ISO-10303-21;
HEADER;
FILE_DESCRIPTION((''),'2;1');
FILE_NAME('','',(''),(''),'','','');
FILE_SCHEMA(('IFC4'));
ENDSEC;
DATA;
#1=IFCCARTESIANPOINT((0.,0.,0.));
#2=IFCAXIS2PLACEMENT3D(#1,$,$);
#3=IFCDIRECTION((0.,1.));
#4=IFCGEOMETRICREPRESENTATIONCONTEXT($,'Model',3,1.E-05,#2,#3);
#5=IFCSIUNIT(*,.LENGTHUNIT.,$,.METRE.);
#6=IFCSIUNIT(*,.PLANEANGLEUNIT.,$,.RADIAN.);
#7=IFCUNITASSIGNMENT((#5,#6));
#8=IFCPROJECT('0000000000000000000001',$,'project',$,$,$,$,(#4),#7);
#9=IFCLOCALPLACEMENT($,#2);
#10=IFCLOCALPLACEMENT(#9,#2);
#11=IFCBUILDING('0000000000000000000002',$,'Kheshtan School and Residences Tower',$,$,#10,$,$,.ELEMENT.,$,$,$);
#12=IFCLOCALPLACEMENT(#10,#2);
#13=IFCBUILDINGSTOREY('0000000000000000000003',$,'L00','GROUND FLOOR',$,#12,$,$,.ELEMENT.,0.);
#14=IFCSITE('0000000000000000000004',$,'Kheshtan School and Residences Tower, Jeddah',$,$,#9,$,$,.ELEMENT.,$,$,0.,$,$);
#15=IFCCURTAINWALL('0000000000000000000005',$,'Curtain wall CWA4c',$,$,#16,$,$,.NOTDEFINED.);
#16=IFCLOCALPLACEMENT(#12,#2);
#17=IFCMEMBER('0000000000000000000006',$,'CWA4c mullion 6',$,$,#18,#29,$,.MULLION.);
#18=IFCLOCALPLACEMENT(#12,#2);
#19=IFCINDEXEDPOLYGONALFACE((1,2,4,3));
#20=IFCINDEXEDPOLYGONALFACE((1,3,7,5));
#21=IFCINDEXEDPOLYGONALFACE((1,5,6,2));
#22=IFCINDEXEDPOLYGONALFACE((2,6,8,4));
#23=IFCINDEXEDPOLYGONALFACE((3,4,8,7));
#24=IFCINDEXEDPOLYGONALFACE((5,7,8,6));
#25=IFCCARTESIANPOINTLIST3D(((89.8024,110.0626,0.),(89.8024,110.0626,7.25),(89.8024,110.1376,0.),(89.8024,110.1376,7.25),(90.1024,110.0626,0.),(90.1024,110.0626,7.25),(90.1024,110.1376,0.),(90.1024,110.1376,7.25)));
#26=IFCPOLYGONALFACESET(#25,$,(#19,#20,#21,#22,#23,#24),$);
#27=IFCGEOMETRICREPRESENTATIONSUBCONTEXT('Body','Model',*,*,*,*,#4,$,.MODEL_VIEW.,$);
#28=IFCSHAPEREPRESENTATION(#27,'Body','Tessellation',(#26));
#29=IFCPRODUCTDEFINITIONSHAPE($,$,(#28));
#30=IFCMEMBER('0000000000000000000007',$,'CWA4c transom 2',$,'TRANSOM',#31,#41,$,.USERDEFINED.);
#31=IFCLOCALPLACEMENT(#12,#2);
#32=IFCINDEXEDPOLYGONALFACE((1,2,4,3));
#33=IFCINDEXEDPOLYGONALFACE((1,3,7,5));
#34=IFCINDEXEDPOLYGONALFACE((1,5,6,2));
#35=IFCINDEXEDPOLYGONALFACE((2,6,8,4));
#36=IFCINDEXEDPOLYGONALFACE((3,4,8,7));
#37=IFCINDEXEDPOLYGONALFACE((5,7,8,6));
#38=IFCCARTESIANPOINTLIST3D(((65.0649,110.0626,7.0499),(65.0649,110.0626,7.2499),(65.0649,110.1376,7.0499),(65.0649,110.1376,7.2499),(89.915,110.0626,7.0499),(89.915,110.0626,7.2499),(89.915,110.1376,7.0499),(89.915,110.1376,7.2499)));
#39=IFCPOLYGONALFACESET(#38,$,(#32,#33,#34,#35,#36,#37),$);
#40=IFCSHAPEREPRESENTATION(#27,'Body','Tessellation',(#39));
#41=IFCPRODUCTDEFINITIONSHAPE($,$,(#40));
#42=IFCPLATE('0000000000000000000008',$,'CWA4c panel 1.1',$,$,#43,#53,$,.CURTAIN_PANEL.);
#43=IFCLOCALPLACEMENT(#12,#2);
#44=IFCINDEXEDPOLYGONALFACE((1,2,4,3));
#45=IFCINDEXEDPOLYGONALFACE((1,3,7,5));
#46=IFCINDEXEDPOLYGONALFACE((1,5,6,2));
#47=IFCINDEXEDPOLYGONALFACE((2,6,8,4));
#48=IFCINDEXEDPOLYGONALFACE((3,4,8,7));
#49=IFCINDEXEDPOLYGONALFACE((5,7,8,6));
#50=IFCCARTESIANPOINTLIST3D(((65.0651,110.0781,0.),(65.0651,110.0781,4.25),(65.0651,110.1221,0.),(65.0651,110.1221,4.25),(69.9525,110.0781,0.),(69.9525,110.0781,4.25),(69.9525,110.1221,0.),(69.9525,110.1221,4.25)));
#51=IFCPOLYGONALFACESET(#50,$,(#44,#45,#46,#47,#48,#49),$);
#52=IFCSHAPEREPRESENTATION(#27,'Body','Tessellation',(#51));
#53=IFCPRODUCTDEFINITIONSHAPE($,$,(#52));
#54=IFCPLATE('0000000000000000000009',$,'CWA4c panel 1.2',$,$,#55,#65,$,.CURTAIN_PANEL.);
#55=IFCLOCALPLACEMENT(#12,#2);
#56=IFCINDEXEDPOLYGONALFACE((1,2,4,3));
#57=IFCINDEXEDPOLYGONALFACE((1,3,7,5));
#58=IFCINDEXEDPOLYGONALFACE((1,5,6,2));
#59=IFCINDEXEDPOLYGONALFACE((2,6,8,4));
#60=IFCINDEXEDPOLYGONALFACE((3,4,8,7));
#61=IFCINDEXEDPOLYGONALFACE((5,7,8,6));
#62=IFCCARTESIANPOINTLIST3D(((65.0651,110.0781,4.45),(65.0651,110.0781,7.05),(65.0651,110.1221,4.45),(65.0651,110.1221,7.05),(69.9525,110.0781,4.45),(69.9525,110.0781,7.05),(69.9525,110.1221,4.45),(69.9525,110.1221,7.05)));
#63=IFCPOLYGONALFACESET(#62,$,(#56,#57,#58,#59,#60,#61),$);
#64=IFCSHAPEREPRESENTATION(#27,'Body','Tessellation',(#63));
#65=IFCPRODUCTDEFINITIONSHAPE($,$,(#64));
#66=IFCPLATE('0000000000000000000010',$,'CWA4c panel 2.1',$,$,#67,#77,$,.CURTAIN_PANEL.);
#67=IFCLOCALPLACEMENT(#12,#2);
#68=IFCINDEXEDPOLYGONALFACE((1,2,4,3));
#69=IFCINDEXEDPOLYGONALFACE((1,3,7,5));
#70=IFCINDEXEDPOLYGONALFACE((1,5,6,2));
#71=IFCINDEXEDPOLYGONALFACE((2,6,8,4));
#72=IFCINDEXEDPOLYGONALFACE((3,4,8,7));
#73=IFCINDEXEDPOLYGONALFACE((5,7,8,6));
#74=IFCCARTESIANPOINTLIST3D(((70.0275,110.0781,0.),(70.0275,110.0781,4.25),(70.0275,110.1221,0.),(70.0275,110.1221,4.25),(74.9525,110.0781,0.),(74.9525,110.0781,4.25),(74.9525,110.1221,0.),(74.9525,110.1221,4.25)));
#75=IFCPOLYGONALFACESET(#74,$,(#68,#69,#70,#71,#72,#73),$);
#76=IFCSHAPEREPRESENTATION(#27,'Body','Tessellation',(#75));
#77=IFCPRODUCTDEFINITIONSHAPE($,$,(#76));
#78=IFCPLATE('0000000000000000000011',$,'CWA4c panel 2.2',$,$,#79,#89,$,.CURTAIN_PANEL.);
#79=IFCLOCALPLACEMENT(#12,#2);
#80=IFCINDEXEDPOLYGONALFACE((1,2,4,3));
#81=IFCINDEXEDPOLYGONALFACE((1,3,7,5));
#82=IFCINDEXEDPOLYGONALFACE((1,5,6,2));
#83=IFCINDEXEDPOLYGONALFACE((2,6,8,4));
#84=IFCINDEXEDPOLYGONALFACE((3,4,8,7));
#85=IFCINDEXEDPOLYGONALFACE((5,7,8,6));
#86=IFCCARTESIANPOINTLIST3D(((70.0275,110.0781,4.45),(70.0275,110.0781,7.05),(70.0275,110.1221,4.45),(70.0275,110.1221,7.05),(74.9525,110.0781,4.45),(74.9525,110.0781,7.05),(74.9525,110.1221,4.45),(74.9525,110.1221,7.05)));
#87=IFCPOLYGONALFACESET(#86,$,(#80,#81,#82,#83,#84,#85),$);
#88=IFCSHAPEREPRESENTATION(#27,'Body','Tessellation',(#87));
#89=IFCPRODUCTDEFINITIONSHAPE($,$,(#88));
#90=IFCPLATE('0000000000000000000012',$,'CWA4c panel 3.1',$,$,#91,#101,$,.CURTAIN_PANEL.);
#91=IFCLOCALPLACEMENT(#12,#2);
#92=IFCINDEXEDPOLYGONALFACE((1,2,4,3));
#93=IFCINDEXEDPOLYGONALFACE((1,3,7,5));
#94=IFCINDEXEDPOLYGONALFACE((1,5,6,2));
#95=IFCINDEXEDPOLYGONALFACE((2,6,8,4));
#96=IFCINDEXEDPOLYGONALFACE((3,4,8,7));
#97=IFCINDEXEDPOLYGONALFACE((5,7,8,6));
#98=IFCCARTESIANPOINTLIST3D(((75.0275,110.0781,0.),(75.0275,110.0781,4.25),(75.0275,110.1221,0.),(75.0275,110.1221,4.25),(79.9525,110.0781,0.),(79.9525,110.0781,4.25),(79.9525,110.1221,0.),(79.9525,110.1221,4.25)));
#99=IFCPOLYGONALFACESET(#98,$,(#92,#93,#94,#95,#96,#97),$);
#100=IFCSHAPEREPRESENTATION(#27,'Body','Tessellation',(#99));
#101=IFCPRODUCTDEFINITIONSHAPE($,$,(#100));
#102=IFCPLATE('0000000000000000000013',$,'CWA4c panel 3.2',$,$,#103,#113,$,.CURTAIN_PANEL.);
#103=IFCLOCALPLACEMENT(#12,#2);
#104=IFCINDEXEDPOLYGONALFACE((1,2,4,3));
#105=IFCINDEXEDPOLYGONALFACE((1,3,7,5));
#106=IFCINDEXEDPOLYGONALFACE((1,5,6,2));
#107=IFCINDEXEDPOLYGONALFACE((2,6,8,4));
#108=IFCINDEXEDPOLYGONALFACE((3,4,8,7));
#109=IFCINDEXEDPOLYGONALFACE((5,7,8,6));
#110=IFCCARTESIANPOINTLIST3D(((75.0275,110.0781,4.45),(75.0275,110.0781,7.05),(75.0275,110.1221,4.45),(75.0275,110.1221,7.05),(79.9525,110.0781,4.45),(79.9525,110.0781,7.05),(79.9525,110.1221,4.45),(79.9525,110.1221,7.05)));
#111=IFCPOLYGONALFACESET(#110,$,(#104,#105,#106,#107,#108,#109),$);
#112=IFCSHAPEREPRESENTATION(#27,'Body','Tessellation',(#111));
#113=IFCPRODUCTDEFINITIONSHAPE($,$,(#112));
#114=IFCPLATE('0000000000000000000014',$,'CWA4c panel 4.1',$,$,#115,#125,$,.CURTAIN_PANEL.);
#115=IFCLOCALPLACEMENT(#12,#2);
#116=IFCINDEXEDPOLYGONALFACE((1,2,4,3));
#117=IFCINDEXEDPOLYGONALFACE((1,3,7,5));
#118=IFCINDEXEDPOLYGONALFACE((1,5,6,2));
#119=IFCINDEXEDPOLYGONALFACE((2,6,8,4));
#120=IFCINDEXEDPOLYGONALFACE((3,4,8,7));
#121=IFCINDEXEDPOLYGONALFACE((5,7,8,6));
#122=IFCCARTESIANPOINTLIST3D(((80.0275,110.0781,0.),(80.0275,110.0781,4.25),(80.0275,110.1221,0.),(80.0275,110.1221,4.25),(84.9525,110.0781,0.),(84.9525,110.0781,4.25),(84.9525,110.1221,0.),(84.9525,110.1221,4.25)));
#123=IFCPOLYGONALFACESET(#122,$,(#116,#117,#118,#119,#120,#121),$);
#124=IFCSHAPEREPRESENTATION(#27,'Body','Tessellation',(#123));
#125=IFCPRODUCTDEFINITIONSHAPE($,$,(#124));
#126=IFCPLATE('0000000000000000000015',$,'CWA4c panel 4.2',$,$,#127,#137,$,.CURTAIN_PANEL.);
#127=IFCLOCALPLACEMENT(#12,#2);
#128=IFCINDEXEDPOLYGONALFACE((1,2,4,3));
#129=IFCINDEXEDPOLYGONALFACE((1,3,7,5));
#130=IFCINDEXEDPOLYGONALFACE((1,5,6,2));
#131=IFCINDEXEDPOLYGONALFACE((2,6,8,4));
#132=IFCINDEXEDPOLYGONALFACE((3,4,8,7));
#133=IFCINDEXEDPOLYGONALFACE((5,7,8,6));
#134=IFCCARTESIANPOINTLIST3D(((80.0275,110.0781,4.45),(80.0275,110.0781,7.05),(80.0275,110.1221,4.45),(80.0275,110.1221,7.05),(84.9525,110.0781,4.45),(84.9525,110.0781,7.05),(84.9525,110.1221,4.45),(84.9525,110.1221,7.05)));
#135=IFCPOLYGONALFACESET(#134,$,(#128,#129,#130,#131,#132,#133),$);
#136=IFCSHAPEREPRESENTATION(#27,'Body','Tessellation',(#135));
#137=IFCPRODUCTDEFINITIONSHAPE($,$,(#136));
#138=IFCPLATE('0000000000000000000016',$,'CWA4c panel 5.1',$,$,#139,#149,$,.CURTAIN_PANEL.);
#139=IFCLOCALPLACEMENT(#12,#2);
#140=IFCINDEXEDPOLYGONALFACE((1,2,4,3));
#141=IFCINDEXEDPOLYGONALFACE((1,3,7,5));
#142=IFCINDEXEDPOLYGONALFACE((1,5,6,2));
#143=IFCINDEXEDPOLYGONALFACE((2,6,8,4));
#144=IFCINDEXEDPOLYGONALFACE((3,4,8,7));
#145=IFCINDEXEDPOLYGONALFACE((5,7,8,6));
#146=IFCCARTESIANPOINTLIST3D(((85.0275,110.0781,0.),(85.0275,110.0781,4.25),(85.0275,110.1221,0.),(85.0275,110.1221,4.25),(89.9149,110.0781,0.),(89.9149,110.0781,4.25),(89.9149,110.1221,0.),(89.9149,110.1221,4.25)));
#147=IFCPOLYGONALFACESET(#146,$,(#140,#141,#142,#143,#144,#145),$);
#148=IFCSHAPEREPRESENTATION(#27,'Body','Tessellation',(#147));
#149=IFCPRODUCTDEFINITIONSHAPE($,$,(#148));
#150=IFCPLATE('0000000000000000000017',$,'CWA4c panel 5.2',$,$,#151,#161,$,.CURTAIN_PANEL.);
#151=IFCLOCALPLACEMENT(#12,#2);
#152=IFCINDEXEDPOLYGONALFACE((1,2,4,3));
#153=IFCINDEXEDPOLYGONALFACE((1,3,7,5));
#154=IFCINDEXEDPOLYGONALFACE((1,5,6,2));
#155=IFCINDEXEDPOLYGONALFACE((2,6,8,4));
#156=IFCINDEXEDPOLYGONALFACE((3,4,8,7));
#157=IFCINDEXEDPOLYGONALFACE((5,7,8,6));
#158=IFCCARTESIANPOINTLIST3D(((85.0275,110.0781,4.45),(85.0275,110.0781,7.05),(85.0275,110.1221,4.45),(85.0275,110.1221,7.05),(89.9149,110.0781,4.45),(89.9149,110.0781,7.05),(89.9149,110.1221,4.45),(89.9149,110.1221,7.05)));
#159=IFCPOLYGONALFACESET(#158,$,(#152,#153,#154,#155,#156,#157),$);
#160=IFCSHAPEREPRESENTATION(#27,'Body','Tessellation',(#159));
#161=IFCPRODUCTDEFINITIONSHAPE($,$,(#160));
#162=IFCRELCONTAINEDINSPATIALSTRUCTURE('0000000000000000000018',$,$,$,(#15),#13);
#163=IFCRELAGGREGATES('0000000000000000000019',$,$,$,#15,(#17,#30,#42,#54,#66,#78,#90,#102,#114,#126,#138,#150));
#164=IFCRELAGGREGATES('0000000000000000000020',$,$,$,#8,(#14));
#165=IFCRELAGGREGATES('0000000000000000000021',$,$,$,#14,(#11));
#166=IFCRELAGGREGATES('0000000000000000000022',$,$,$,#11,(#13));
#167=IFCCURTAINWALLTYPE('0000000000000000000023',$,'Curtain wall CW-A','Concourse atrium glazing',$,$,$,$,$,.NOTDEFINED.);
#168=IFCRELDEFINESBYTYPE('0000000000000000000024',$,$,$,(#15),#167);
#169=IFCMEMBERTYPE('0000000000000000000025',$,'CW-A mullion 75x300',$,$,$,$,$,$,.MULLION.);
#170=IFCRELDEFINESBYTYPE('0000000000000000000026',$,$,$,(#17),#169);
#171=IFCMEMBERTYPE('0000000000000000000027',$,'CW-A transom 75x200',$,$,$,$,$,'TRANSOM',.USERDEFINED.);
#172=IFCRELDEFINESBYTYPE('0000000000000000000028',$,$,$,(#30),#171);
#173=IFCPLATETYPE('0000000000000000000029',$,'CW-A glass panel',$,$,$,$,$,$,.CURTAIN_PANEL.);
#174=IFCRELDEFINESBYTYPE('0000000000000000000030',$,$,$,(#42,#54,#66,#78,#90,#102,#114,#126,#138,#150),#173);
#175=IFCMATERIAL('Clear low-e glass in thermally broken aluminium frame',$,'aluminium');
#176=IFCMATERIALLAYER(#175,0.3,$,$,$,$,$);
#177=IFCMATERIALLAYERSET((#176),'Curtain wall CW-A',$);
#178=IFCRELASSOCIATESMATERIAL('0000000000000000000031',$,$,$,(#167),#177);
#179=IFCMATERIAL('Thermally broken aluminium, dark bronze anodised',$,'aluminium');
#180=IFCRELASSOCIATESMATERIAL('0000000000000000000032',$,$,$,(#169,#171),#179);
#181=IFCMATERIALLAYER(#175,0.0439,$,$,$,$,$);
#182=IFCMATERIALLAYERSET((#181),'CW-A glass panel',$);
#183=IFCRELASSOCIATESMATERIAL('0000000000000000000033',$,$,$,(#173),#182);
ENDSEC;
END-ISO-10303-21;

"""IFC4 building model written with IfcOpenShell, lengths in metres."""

from ifc_helpers import new_model, si_unit, direction, frame, origin, origin_2d, place, context, subcontext, project, spatial, rectangle, extrude, material, layer, layer_set, material_profile, profile_set, type_object, element, aggregate, save


model = new_model("IFC4")

# Units and contexts
model_context = context("Model", 3, precision=1e-05, world=origin(), true_north=direction((0.0, 1.0)))
body_context = subcontext(model_context, "Body", "Model", "MODEL_VIEW")
ifc_project = project(units=[si_unit("LENGTHUNIT", "METRE"), si_unit("PLANEANGLEUNIT", "RADIAN")], contexts=[model_context])

# Site, building, storey
site_placement = place(None, origin())
site = spatial("IfcSite", under=ifc_project, at=site_placement, Name="Kheshtan School and Residences Tower, Jeddah", CompositionType="ELEMENT", RefElevation=0.0)
building_placement = place(site_placement, origin())
building = spatial("IfcBuilding", under=site, at=building_placement, Name="Kheshtan School and Residences Tower", CompositionType="ELEMENT")
storey_placement = place(building_placement, origin())
storey = spatial("IfcBuildingStorey", under=building, at=storey_placement, Name="L00", Description="GROUND FLOOR", CompositionType="ELEMENT", Elevation=0.0)

# Curtain wall, members, plates
ifc_material_1 = material(Name="Clear low-e glass in thermally broken aluminium frame", Category="aluminium")
ifc_layer_1 = layer(ifc_material_1, 0.3)
ifc_layer_set_1 = layer_set([ifc_layer_1], Name="Curtain wall CW-A")
curtain_wall_type = type_object("IfcCurtainWallType", Name="Curtain wall CW-A", Description="Concourse atrium glazing", PredefinedType="NOTDEFINED", material=ifc_layer_set_1)
curtain_wall_placement = place(storey_placement, origin())
curtain_wall = element("IfcCurtainWall", 1, at=curtain_wall_placement, inside=storey, type_object=curtain_wall_type, Name="Curtain wall CWA4c", PredefinedType="NOTDEFINED")
ifc_material_2 = material(Name="Thermally broken aluminium, dark bronze anodised", Category="aluminium")
ifc_material_profile_1 = material_profile(ifc_material_2, rectangle(XDim=0.075, YDim=0.3, at=origin_2d()), Name="CW-A mullion 75x300")
ifc_profile_set_1 = profile_set([ifc_material_profile_1], Name="Thermally broken aluminium, dark bronze anodised")
member_type_1 = type_object("IfcMemberType", Name="CW-A mullion 75x300", PredefinedType="MULLION", material=ifc_profile_set_1)
member_1_placement = place(storey_placement, frame((89.9524, 110.1001, 0.0), z_axis=(0.0, 0.0, 1.0), x_axis=(0.0, 1.0, 0.0)))
member_1 = element("IfcMember", 2, at=member_1_placement, type_object=member_type_1, Name="CWA4c mullion 6", PredefinedType="MULLION", context=body_context, shape_type="SweptSolid", body=[
    extrude(rectangle(XDim=0.075, YDim=0.3, at=origin_2d()), origin(), (0.0, 0.0, 1.0), 7.25),
])
ifc_material_profile_2 = material_profile(ifc_material_2, rectangle(XDim=0.075, YDim=0.2, at=origin_2d()), Name="CW-A transom 75x200")
ifc_profile_set_2 = profile_set([ifc_material_profile_2], Name="Thermally broken aluminium, dark bronze anodised")
member_type_2 = type_object("IfcMemberType", Name="CW-A transom 75x200", ElementType="TRANSOM", PredefinedType="USERDEFINED", material=ifc_profile_set_2)
member_2_placement = place(storey_placement, frame((65.0649, 110.1001, 7.1499), z_axis=(1.0, 0.0, 0.0), x_axis=(0.0, 1.0, 0.0)))
member_2 = element("IfcMember", 3, at=member_2_placement, type_object=member_type_2, Name="CWA4c transom 2", ObjectType="TRANSOM", PredefinedType="USERDEFINED", context=body_context, shape_type="SweptSolid", body=[
    extrude(rectangle(XDim=0.075, YDim=0.2, at=origin_2d()), origin(), (0.0, 0.0, 1.0), 24.8501),
])
ifc_layer_2 = layer(ifc_material_1, 0.0439)
ifc_layer_set_2 = layer_set([ifc_layer_2], Name="CW-A glass panel")
plate_type = type_object("IfcPlateType", Name="CW-A glass panel", PredefinedType="CURTAIN_PANEL", material=ifc_layer_set_2)
plate_1_placement = place(storey_placement, frame((67.5088, 110.1001, 0.0), z_axis=(0.0, 0.0, 1.0), x_axis=(1.0, 0.0, 0.0)))
plate_1 = element("IfcPlate", 4, at=plate_1_placement, type_object=plate_type, Name="CWA4c panel 1.1", PredefinedType="CURTAIN_PANEL", context=body_context, shape_type="SweptSolid", body=[
    extrude(rectangle(XDim=4.8875, YDim=0.0439, at=origin_2d()), origin(), (0.0, 0.0, 1.0), 4.25),
])
plate_2_placement = place(storey_placement, frame((67.5088, 110.1001, 4.45), z_axis=(0.0, 0.0, 1.0), x_axis=(1.0, 0.0, 0.0)))
plate_2 = element("IfcPlate", 5, at=plate_2_placement, type_object=plate_type, Name="CWA4c panel 1.2", PredefinedType="CURTAIN_PANEL", context=body_context, shape_type="SweptSolid", body=[
    extrude(rectangle(XDim=4.8875, YDim=0.0439, at=origin_2d()), origin(), (0.0, 0.0, 1.0), 2.6001),
])
plate_3_placement = place(storey_placement, frame((72.49, 110.1001, 0.0), z_axis=(0.0, 0.0, 1.0), x_axis=(1.0, 0.0, 0.0)))
plate_3 = element("IfcPlate", 6, at=plate_3_placement, type_object=plate_type, Name="CWA4c panel 2.1", PredefinedType="CURTAIN_PANEL", context=body_context, shape_type="SweptSolid", body=[
    extrude(rectangle(XDim=4.925, YDim=0.0439, at=origin_2d()), origin(), (0.0, 0.0, 1.0), 4.25),
])
plate_4_placement = place(storey_placement, frame((72.49, 110.1001, 4.45), z_axis=(0.0, 0.0, 1.0), x_axis=(1.0, 0.0, 0.0)))
plate_4 = element("IfcPlate", 7, at=plate_4_placement, type_object=plate_type, Name="CWA4c panel 2.2", PredefinedType="CURTAIN_PANEL", context=body_context, shape_type="SweptSolid", body=[
    extrude(rectangle(XDim=4.925, YDim=0.0439, at=origin_2d()), origin(), (0.0, 0.0, 1.0), 2.6001),
])
plate_5_placement = place(storey_placement, frame((77.49, 110.1001, 0.0), z_axis=(0.0, 0.0, 1.0), x_axis=(1.0, 0.0, 0.0)))
plate_5 = element("IfcPlate", 8, at=plate_5_placement, type_object=plate_type, Name="CWA4c panel 3.1", PredefinedType="CURTAIN_PANEL", context=body_context, shape_type="SweptSolid", body=[
    extrude(rectangle(XDim=4.925, YDim=0.0439, at=origin_2d()), origin(), (0.0, 0.0, 1.0), 4.25),
])
plate_6_placement = place(storey_placement, frame((77.49, 110.1001, 4.45), z_axis=(0.0, 0.0, 1.0), x_axis=(1.0, 0.0, 0.0)))
plate_6 = element("IfcPlate", 9, at=plate_6_placement, type_object=plate_type, Name="CWA4c panel 3.2", PredefinedType="CURTAIN_PANEL", context=body_context, shape_type="SweptSolid", body=[
    extrude(rectangle(XDim=4.925, YDim=0.0439, at=origin_2d()), origin(), (0.0, 0.0, 1.0), 2.6001),
])
plate_7_placement = place(storey_placement, frame((82.49, 110.1001, 0.0), z_axis=(0.0, 0.0, 1.0), x_axis=(1.0, 0.0, 0.0)))
plate_7 = element("IfcPlate", 10, at=plate_7_placement, type_object=plate_type, Name="CWA4c panel 4.1", PredefinedType="CURTAIN_PANEL", context=body_context, shape_type="SweptSolid", body=[
    extrude(rectangle(XDim=4.925, YDim=0.0439, at=origin_2d()), origin(), (0.0, 0.0, 1.0), 4.25),
])
plate_8_placement = place(storey_placement, frame((82.49, 110.1001, 4.45), z_axis=(0.0, 0.0, 1.0), x_axis=(1.0, 0.0, 0.0)))
plate_8 = element("IfcPlate", 11, at=plate_8_placement, type_object=plate_type, Name="CWA4c panel 4.2", PredefinedType="CURTAIN_PANEL", context=body_context, shape_type="SweptSolid", body=[
    extrude(rectangle(XDim=4.925, YDim=0.0439, at=origin_2d()), origin(), (0.0, 0.0, 1.0), 2.6001),
])
plate_9_placement = place(storey_placement, frame((87.4712, 110.1001, 0.0), z_axis=(0.0, 0.0, 1.0), x_axis=(1.0, 0.0, 0.0)))
plate_9 = element("IfcPlate", 12, at=plate_9_placement, type_object=plate_type, Name="CWA4c panel 5.1", PredefinedType="CURTAIN_PANEL", context=body_context, shape_type="SweptSolid", body=[
    extrude(rectangle(XDim=4.8875, YDim=0.0439, at=origin_2d()), origin(), (0.0, 0.0, 1.0), 4.25),
])
plate_10_placement = place(storey_placement, frame((87.4712, 110.1001, 4.45), z_axis=(0.0, 0.0, 1.0), x_axis=(1.0, 0.0, 0.0)))
plate_10 = element("IfcPlate", 13, at=plate_10_placement, type_object=plate_type, Name="CWA4c panel 5.2", PredefinedType="CURTAIN_PANEL", context=body_context, shape_type="SweptSolid", body=[
    extrude(rectangle(XDim=4.8875, YDim=0.0439, at=origin_2d()), origin(), (0.0, 0.0, 1.0), 2.6001),
])
aggregate(curtain_wall, [member_1, member_2, plate_1, plate_2, plate_3, plate_4, plate_5, plate_6, plate_7, plate_8, plate_9, plate_10])

save(model, "model.ifc")
